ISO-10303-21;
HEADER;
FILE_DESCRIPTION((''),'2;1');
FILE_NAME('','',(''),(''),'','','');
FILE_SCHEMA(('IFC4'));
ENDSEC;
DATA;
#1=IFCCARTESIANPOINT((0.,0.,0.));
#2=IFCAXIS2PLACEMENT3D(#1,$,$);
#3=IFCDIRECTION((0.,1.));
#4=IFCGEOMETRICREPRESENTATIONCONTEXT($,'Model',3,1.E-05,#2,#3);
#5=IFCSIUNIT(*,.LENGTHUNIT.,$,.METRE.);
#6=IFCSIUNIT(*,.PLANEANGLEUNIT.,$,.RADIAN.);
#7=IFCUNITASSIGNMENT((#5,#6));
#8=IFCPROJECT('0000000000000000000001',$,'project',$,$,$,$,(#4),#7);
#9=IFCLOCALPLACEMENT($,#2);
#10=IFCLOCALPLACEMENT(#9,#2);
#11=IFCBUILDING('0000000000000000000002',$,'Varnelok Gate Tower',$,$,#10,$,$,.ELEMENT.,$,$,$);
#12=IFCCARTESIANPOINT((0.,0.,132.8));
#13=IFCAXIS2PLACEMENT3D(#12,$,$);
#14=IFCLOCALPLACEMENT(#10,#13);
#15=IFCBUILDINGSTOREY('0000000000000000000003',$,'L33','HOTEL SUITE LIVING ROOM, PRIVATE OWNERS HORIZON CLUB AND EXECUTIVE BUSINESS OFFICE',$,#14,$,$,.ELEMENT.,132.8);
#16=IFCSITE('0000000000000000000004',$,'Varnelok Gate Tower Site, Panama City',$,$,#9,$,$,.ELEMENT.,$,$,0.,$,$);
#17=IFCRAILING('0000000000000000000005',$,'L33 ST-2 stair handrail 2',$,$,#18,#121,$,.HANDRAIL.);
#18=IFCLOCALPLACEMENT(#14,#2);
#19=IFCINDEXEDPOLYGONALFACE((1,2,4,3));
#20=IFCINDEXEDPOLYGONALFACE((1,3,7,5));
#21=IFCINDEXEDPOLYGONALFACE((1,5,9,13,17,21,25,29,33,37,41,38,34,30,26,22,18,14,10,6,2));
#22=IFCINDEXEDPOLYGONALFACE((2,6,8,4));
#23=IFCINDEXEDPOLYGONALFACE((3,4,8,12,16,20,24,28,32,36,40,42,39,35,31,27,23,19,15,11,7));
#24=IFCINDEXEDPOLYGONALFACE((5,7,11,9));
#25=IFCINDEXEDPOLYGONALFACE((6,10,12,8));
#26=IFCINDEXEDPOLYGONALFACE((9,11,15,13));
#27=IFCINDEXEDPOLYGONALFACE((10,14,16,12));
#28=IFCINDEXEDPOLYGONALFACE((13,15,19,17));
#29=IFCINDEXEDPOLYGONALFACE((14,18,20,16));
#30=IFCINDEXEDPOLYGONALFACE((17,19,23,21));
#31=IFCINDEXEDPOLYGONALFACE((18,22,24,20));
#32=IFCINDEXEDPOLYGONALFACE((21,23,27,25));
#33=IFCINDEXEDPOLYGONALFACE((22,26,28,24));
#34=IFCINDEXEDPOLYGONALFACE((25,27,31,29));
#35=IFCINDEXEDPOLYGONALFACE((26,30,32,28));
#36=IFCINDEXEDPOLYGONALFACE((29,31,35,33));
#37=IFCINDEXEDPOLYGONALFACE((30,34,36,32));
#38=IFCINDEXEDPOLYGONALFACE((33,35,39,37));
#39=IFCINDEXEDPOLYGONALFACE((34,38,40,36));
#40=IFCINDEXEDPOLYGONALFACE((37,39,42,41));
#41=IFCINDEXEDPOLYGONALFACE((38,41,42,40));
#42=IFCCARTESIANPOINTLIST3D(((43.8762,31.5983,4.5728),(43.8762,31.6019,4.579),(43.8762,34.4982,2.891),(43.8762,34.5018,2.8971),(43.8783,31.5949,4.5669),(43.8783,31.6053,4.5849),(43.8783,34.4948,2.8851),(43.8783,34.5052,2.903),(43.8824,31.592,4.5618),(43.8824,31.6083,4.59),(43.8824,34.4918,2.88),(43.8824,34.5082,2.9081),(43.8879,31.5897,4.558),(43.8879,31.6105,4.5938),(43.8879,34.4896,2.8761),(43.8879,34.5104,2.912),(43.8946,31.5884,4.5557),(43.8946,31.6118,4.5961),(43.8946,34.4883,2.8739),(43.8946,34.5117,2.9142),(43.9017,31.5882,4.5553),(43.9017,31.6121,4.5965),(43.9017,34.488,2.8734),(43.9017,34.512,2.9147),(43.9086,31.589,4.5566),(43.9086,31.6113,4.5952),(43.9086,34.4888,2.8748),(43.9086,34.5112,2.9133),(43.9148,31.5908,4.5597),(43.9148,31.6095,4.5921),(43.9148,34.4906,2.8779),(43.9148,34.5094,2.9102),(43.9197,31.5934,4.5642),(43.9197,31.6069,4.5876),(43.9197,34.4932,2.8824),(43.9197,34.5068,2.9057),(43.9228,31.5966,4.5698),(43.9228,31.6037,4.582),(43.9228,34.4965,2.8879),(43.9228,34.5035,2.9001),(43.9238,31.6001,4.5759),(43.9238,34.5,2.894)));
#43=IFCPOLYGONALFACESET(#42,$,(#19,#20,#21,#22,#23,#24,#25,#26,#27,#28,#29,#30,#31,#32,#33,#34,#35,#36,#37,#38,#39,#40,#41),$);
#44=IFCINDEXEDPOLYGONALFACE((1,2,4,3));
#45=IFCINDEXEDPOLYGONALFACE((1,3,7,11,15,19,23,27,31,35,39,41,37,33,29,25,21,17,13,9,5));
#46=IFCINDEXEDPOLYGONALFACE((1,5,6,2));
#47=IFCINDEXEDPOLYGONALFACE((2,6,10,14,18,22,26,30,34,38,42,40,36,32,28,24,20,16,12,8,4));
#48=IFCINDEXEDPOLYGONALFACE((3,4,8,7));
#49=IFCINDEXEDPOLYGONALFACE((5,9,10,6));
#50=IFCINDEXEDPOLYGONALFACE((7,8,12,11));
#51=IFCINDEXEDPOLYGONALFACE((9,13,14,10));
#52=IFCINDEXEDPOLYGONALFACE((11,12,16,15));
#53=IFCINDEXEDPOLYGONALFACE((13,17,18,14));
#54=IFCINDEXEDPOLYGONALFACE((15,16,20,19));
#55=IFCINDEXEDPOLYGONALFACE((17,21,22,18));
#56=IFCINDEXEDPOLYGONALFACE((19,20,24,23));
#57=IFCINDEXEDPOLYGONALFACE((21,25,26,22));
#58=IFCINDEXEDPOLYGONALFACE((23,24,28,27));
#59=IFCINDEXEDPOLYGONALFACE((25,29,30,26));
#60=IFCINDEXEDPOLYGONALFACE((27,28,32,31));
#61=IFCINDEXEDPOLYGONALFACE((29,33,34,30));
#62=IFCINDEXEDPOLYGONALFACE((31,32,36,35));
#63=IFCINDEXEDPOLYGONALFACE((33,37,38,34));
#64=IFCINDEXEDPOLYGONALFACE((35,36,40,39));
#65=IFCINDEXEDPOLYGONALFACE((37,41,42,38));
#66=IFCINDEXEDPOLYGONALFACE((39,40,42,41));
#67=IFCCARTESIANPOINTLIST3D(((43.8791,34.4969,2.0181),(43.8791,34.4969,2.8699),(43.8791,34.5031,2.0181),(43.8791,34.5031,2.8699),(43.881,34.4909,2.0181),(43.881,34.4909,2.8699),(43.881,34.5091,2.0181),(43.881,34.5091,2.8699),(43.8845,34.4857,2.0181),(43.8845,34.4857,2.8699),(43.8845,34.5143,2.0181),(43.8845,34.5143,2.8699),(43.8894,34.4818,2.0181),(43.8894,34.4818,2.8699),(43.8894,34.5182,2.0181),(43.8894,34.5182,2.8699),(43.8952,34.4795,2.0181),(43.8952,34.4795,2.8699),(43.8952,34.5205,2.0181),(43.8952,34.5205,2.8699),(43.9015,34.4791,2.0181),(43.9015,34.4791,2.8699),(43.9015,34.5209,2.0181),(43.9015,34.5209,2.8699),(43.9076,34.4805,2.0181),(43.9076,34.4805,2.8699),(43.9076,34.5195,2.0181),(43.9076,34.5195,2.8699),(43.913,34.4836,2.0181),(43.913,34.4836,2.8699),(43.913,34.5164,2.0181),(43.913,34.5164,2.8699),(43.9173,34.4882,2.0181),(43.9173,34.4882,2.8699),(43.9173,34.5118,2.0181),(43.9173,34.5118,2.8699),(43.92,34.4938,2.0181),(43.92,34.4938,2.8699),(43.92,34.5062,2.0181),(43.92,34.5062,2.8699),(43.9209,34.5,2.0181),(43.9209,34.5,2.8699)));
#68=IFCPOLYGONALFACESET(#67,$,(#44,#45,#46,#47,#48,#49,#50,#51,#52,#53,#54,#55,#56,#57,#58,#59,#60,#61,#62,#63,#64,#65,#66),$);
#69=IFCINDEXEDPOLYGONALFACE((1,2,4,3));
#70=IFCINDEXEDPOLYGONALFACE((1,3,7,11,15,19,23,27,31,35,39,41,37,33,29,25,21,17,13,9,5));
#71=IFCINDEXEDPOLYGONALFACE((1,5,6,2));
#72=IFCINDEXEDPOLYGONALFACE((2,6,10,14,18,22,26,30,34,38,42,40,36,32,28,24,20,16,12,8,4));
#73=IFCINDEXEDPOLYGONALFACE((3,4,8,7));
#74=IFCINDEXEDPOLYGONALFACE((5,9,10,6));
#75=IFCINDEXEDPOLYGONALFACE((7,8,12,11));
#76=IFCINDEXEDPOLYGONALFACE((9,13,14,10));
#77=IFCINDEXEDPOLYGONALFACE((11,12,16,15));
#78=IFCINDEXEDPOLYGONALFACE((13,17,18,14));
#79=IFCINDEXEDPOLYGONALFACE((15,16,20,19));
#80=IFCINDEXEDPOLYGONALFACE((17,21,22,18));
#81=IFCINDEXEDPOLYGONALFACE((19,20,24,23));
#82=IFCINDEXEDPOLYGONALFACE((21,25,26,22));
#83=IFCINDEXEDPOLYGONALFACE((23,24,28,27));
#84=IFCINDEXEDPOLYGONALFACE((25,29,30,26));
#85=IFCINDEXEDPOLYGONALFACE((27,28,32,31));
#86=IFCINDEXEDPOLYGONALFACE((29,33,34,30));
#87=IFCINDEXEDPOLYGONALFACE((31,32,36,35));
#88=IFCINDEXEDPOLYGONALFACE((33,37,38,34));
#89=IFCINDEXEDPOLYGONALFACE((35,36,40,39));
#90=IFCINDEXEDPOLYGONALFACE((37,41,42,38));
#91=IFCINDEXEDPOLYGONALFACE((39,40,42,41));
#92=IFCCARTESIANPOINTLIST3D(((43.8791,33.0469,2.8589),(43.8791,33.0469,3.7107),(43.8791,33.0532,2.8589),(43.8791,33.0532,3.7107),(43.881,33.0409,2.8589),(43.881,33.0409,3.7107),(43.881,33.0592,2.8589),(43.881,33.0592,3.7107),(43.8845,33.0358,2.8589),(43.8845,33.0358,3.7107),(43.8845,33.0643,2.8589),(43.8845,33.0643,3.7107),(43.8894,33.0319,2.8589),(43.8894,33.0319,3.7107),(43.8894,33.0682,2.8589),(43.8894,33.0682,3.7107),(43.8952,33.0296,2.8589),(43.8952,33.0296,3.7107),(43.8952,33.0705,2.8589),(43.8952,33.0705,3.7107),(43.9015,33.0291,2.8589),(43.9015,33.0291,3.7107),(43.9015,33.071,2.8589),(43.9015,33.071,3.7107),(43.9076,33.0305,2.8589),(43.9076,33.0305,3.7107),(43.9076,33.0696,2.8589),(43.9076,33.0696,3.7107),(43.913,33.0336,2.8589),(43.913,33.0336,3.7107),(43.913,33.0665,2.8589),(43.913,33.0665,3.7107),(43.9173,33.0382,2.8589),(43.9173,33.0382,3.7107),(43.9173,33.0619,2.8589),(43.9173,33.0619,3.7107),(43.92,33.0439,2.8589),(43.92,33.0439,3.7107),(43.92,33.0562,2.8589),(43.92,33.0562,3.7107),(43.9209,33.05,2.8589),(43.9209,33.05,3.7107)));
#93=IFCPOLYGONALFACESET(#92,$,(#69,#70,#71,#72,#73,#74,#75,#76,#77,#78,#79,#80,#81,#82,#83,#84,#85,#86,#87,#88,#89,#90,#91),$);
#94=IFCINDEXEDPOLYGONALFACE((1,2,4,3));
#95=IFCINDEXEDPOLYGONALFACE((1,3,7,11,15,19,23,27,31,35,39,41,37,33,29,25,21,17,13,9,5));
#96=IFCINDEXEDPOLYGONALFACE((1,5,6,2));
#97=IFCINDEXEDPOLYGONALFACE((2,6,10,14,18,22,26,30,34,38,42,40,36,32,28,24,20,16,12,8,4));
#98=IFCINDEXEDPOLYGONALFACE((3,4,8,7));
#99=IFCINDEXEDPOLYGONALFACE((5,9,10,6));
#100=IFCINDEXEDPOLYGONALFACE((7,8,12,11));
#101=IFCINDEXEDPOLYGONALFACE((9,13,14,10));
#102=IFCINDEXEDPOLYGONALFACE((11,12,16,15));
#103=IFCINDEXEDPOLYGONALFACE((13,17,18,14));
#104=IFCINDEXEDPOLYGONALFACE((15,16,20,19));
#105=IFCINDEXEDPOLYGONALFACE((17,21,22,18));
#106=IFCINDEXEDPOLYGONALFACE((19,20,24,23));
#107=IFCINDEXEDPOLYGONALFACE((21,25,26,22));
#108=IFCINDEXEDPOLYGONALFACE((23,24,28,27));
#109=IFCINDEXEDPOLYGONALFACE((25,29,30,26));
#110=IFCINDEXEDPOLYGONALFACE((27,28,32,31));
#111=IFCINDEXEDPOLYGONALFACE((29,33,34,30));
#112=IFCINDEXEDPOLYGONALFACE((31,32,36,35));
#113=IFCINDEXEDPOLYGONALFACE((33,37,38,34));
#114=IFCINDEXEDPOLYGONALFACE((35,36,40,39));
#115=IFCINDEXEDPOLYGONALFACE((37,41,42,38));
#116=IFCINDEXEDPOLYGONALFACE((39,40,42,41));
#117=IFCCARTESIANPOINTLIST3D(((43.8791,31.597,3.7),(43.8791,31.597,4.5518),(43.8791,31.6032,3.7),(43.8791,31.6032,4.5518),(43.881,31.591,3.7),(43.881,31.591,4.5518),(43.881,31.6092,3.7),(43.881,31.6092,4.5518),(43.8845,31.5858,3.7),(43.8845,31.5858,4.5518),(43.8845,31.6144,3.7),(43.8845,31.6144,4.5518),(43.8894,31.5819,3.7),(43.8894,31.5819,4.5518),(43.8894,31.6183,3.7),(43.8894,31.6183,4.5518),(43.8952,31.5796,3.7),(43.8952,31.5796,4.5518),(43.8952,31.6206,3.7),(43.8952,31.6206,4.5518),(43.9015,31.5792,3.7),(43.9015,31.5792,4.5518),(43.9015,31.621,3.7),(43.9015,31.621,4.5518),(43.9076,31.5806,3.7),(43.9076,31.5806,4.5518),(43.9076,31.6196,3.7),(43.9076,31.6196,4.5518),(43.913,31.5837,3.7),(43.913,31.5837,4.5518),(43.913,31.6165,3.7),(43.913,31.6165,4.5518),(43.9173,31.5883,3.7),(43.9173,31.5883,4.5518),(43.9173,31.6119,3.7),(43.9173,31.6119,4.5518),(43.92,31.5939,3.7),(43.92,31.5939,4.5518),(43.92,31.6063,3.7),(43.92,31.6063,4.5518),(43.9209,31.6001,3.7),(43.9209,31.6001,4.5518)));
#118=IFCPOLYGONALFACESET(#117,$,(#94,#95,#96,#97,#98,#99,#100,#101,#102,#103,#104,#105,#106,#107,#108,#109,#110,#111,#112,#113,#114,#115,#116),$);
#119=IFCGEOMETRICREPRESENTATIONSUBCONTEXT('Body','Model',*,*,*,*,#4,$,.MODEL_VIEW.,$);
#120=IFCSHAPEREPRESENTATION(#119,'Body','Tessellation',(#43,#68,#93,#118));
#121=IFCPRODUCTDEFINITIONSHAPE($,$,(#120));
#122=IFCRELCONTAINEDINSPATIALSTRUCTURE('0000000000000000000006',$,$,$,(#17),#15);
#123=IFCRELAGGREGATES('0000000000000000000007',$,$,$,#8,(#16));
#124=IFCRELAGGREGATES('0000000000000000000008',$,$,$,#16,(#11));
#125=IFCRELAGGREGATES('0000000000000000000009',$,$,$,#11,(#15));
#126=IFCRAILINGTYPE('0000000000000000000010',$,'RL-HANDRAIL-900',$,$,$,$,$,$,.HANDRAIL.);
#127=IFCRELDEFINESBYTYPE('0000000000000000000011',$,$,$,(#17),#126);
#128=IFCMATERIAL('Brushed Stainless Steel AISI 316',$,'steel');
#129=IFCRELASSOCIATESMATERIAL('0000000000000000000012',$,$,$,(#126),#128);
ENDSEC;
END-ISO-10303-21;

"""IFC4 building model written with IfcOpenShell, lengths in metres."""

from ifc_helpers import new_model, si_unit, direction, frame, origin, origin_2d, place, context, subcontext, project, spatial, circle, extrude, material, type_object, element, save


model = new_model("IFC4")

# Units and contexts
model_context = context("Model", 3, precision=1e-05, world=origin(), true_north=direction((0.0, 1.0)))
body_context = subcontext(model_context, "Body", "Model", "MODEL_VIEW")
ifc_project = project(units=[si_unit("LENGTHUNIT", "METRE"), si_unit("PLANEANGLEUNIT", "RADIAN")], contexts=[model_context])

# Site, building, storey
site_placement = place(None, origin())
site = spatial("IfcSite", under=ifc_project, at=site_placement, Name="Varnelok Gate Tower Site, Panama City", CompositionType="ELEMENT", RefElevation=0.0)
building_placement = place(site_placement, origin())
building = spatial("IfcBuilding", under=site, at=building_placement, Name="Varnelok Gate Tower", CompositionType="ELEMENT")
storey_placement = place(building_placement, frame((0.0, 0.0, 132.8)))
storey = spatial("IfcBuildingStorey", under=building, at=storey_placement, Name="L33", Description="HOTEL SUITE LIVING ROOM, PRIVATE OWNERS HORIZON CLUB AND EXECUTIVE BUSINESS OFFICE", CompositionType="ELEMENT", Elevation=132.8)

# Railing
ifc_material_1 = material(Name="Brushed Stainless Steel AISI 316", Category="steel")
railing_type_1 = type_object("IfcRailingType", Name="RL-HANDRAIL-900", PredefinedType="HANDRAIL", material=ifc_material_1)
railing_1_placement = place(storey_placement, frame((43.8999, 34.5, 2.0181)))
element("IfcRailing", 1, at=railing_1_placement, inside=storey, type_object=railing_type_1, Name="L33 ST-2 stair handrail 2", PredefinedType="HANDRAIL", context=body_context, shape_type="SweptSolid", body=[
    extrude(circle(Radius=0.0239, at=origin_2d()), frame((0.0, 0.0, 0.876), z_axis=(0.0, -0.865039, 0.501705), x_axis=(1.0, 0.0, 0.0)), (0.0, 0.0, 1.0), 3.3523),
    extrude(circle(Radius=0.021, at=origin_2d()), origin(), (0.0, 0.0, 1.0), 0.8518),
    extrude(circle(Radius=0.021, at=origin_2d()), frame((0.0, -1.45, 0.8408)), (0.0, 0.0, 1.0), 0.8518),
    extrude(circle(Radius=0.021, at=origin_2d()), frame((0.0, -2.8999, 1.6819)), (0.0, 0.0, 1.0), 0.8518),
])

save(model, "model.ifc")
